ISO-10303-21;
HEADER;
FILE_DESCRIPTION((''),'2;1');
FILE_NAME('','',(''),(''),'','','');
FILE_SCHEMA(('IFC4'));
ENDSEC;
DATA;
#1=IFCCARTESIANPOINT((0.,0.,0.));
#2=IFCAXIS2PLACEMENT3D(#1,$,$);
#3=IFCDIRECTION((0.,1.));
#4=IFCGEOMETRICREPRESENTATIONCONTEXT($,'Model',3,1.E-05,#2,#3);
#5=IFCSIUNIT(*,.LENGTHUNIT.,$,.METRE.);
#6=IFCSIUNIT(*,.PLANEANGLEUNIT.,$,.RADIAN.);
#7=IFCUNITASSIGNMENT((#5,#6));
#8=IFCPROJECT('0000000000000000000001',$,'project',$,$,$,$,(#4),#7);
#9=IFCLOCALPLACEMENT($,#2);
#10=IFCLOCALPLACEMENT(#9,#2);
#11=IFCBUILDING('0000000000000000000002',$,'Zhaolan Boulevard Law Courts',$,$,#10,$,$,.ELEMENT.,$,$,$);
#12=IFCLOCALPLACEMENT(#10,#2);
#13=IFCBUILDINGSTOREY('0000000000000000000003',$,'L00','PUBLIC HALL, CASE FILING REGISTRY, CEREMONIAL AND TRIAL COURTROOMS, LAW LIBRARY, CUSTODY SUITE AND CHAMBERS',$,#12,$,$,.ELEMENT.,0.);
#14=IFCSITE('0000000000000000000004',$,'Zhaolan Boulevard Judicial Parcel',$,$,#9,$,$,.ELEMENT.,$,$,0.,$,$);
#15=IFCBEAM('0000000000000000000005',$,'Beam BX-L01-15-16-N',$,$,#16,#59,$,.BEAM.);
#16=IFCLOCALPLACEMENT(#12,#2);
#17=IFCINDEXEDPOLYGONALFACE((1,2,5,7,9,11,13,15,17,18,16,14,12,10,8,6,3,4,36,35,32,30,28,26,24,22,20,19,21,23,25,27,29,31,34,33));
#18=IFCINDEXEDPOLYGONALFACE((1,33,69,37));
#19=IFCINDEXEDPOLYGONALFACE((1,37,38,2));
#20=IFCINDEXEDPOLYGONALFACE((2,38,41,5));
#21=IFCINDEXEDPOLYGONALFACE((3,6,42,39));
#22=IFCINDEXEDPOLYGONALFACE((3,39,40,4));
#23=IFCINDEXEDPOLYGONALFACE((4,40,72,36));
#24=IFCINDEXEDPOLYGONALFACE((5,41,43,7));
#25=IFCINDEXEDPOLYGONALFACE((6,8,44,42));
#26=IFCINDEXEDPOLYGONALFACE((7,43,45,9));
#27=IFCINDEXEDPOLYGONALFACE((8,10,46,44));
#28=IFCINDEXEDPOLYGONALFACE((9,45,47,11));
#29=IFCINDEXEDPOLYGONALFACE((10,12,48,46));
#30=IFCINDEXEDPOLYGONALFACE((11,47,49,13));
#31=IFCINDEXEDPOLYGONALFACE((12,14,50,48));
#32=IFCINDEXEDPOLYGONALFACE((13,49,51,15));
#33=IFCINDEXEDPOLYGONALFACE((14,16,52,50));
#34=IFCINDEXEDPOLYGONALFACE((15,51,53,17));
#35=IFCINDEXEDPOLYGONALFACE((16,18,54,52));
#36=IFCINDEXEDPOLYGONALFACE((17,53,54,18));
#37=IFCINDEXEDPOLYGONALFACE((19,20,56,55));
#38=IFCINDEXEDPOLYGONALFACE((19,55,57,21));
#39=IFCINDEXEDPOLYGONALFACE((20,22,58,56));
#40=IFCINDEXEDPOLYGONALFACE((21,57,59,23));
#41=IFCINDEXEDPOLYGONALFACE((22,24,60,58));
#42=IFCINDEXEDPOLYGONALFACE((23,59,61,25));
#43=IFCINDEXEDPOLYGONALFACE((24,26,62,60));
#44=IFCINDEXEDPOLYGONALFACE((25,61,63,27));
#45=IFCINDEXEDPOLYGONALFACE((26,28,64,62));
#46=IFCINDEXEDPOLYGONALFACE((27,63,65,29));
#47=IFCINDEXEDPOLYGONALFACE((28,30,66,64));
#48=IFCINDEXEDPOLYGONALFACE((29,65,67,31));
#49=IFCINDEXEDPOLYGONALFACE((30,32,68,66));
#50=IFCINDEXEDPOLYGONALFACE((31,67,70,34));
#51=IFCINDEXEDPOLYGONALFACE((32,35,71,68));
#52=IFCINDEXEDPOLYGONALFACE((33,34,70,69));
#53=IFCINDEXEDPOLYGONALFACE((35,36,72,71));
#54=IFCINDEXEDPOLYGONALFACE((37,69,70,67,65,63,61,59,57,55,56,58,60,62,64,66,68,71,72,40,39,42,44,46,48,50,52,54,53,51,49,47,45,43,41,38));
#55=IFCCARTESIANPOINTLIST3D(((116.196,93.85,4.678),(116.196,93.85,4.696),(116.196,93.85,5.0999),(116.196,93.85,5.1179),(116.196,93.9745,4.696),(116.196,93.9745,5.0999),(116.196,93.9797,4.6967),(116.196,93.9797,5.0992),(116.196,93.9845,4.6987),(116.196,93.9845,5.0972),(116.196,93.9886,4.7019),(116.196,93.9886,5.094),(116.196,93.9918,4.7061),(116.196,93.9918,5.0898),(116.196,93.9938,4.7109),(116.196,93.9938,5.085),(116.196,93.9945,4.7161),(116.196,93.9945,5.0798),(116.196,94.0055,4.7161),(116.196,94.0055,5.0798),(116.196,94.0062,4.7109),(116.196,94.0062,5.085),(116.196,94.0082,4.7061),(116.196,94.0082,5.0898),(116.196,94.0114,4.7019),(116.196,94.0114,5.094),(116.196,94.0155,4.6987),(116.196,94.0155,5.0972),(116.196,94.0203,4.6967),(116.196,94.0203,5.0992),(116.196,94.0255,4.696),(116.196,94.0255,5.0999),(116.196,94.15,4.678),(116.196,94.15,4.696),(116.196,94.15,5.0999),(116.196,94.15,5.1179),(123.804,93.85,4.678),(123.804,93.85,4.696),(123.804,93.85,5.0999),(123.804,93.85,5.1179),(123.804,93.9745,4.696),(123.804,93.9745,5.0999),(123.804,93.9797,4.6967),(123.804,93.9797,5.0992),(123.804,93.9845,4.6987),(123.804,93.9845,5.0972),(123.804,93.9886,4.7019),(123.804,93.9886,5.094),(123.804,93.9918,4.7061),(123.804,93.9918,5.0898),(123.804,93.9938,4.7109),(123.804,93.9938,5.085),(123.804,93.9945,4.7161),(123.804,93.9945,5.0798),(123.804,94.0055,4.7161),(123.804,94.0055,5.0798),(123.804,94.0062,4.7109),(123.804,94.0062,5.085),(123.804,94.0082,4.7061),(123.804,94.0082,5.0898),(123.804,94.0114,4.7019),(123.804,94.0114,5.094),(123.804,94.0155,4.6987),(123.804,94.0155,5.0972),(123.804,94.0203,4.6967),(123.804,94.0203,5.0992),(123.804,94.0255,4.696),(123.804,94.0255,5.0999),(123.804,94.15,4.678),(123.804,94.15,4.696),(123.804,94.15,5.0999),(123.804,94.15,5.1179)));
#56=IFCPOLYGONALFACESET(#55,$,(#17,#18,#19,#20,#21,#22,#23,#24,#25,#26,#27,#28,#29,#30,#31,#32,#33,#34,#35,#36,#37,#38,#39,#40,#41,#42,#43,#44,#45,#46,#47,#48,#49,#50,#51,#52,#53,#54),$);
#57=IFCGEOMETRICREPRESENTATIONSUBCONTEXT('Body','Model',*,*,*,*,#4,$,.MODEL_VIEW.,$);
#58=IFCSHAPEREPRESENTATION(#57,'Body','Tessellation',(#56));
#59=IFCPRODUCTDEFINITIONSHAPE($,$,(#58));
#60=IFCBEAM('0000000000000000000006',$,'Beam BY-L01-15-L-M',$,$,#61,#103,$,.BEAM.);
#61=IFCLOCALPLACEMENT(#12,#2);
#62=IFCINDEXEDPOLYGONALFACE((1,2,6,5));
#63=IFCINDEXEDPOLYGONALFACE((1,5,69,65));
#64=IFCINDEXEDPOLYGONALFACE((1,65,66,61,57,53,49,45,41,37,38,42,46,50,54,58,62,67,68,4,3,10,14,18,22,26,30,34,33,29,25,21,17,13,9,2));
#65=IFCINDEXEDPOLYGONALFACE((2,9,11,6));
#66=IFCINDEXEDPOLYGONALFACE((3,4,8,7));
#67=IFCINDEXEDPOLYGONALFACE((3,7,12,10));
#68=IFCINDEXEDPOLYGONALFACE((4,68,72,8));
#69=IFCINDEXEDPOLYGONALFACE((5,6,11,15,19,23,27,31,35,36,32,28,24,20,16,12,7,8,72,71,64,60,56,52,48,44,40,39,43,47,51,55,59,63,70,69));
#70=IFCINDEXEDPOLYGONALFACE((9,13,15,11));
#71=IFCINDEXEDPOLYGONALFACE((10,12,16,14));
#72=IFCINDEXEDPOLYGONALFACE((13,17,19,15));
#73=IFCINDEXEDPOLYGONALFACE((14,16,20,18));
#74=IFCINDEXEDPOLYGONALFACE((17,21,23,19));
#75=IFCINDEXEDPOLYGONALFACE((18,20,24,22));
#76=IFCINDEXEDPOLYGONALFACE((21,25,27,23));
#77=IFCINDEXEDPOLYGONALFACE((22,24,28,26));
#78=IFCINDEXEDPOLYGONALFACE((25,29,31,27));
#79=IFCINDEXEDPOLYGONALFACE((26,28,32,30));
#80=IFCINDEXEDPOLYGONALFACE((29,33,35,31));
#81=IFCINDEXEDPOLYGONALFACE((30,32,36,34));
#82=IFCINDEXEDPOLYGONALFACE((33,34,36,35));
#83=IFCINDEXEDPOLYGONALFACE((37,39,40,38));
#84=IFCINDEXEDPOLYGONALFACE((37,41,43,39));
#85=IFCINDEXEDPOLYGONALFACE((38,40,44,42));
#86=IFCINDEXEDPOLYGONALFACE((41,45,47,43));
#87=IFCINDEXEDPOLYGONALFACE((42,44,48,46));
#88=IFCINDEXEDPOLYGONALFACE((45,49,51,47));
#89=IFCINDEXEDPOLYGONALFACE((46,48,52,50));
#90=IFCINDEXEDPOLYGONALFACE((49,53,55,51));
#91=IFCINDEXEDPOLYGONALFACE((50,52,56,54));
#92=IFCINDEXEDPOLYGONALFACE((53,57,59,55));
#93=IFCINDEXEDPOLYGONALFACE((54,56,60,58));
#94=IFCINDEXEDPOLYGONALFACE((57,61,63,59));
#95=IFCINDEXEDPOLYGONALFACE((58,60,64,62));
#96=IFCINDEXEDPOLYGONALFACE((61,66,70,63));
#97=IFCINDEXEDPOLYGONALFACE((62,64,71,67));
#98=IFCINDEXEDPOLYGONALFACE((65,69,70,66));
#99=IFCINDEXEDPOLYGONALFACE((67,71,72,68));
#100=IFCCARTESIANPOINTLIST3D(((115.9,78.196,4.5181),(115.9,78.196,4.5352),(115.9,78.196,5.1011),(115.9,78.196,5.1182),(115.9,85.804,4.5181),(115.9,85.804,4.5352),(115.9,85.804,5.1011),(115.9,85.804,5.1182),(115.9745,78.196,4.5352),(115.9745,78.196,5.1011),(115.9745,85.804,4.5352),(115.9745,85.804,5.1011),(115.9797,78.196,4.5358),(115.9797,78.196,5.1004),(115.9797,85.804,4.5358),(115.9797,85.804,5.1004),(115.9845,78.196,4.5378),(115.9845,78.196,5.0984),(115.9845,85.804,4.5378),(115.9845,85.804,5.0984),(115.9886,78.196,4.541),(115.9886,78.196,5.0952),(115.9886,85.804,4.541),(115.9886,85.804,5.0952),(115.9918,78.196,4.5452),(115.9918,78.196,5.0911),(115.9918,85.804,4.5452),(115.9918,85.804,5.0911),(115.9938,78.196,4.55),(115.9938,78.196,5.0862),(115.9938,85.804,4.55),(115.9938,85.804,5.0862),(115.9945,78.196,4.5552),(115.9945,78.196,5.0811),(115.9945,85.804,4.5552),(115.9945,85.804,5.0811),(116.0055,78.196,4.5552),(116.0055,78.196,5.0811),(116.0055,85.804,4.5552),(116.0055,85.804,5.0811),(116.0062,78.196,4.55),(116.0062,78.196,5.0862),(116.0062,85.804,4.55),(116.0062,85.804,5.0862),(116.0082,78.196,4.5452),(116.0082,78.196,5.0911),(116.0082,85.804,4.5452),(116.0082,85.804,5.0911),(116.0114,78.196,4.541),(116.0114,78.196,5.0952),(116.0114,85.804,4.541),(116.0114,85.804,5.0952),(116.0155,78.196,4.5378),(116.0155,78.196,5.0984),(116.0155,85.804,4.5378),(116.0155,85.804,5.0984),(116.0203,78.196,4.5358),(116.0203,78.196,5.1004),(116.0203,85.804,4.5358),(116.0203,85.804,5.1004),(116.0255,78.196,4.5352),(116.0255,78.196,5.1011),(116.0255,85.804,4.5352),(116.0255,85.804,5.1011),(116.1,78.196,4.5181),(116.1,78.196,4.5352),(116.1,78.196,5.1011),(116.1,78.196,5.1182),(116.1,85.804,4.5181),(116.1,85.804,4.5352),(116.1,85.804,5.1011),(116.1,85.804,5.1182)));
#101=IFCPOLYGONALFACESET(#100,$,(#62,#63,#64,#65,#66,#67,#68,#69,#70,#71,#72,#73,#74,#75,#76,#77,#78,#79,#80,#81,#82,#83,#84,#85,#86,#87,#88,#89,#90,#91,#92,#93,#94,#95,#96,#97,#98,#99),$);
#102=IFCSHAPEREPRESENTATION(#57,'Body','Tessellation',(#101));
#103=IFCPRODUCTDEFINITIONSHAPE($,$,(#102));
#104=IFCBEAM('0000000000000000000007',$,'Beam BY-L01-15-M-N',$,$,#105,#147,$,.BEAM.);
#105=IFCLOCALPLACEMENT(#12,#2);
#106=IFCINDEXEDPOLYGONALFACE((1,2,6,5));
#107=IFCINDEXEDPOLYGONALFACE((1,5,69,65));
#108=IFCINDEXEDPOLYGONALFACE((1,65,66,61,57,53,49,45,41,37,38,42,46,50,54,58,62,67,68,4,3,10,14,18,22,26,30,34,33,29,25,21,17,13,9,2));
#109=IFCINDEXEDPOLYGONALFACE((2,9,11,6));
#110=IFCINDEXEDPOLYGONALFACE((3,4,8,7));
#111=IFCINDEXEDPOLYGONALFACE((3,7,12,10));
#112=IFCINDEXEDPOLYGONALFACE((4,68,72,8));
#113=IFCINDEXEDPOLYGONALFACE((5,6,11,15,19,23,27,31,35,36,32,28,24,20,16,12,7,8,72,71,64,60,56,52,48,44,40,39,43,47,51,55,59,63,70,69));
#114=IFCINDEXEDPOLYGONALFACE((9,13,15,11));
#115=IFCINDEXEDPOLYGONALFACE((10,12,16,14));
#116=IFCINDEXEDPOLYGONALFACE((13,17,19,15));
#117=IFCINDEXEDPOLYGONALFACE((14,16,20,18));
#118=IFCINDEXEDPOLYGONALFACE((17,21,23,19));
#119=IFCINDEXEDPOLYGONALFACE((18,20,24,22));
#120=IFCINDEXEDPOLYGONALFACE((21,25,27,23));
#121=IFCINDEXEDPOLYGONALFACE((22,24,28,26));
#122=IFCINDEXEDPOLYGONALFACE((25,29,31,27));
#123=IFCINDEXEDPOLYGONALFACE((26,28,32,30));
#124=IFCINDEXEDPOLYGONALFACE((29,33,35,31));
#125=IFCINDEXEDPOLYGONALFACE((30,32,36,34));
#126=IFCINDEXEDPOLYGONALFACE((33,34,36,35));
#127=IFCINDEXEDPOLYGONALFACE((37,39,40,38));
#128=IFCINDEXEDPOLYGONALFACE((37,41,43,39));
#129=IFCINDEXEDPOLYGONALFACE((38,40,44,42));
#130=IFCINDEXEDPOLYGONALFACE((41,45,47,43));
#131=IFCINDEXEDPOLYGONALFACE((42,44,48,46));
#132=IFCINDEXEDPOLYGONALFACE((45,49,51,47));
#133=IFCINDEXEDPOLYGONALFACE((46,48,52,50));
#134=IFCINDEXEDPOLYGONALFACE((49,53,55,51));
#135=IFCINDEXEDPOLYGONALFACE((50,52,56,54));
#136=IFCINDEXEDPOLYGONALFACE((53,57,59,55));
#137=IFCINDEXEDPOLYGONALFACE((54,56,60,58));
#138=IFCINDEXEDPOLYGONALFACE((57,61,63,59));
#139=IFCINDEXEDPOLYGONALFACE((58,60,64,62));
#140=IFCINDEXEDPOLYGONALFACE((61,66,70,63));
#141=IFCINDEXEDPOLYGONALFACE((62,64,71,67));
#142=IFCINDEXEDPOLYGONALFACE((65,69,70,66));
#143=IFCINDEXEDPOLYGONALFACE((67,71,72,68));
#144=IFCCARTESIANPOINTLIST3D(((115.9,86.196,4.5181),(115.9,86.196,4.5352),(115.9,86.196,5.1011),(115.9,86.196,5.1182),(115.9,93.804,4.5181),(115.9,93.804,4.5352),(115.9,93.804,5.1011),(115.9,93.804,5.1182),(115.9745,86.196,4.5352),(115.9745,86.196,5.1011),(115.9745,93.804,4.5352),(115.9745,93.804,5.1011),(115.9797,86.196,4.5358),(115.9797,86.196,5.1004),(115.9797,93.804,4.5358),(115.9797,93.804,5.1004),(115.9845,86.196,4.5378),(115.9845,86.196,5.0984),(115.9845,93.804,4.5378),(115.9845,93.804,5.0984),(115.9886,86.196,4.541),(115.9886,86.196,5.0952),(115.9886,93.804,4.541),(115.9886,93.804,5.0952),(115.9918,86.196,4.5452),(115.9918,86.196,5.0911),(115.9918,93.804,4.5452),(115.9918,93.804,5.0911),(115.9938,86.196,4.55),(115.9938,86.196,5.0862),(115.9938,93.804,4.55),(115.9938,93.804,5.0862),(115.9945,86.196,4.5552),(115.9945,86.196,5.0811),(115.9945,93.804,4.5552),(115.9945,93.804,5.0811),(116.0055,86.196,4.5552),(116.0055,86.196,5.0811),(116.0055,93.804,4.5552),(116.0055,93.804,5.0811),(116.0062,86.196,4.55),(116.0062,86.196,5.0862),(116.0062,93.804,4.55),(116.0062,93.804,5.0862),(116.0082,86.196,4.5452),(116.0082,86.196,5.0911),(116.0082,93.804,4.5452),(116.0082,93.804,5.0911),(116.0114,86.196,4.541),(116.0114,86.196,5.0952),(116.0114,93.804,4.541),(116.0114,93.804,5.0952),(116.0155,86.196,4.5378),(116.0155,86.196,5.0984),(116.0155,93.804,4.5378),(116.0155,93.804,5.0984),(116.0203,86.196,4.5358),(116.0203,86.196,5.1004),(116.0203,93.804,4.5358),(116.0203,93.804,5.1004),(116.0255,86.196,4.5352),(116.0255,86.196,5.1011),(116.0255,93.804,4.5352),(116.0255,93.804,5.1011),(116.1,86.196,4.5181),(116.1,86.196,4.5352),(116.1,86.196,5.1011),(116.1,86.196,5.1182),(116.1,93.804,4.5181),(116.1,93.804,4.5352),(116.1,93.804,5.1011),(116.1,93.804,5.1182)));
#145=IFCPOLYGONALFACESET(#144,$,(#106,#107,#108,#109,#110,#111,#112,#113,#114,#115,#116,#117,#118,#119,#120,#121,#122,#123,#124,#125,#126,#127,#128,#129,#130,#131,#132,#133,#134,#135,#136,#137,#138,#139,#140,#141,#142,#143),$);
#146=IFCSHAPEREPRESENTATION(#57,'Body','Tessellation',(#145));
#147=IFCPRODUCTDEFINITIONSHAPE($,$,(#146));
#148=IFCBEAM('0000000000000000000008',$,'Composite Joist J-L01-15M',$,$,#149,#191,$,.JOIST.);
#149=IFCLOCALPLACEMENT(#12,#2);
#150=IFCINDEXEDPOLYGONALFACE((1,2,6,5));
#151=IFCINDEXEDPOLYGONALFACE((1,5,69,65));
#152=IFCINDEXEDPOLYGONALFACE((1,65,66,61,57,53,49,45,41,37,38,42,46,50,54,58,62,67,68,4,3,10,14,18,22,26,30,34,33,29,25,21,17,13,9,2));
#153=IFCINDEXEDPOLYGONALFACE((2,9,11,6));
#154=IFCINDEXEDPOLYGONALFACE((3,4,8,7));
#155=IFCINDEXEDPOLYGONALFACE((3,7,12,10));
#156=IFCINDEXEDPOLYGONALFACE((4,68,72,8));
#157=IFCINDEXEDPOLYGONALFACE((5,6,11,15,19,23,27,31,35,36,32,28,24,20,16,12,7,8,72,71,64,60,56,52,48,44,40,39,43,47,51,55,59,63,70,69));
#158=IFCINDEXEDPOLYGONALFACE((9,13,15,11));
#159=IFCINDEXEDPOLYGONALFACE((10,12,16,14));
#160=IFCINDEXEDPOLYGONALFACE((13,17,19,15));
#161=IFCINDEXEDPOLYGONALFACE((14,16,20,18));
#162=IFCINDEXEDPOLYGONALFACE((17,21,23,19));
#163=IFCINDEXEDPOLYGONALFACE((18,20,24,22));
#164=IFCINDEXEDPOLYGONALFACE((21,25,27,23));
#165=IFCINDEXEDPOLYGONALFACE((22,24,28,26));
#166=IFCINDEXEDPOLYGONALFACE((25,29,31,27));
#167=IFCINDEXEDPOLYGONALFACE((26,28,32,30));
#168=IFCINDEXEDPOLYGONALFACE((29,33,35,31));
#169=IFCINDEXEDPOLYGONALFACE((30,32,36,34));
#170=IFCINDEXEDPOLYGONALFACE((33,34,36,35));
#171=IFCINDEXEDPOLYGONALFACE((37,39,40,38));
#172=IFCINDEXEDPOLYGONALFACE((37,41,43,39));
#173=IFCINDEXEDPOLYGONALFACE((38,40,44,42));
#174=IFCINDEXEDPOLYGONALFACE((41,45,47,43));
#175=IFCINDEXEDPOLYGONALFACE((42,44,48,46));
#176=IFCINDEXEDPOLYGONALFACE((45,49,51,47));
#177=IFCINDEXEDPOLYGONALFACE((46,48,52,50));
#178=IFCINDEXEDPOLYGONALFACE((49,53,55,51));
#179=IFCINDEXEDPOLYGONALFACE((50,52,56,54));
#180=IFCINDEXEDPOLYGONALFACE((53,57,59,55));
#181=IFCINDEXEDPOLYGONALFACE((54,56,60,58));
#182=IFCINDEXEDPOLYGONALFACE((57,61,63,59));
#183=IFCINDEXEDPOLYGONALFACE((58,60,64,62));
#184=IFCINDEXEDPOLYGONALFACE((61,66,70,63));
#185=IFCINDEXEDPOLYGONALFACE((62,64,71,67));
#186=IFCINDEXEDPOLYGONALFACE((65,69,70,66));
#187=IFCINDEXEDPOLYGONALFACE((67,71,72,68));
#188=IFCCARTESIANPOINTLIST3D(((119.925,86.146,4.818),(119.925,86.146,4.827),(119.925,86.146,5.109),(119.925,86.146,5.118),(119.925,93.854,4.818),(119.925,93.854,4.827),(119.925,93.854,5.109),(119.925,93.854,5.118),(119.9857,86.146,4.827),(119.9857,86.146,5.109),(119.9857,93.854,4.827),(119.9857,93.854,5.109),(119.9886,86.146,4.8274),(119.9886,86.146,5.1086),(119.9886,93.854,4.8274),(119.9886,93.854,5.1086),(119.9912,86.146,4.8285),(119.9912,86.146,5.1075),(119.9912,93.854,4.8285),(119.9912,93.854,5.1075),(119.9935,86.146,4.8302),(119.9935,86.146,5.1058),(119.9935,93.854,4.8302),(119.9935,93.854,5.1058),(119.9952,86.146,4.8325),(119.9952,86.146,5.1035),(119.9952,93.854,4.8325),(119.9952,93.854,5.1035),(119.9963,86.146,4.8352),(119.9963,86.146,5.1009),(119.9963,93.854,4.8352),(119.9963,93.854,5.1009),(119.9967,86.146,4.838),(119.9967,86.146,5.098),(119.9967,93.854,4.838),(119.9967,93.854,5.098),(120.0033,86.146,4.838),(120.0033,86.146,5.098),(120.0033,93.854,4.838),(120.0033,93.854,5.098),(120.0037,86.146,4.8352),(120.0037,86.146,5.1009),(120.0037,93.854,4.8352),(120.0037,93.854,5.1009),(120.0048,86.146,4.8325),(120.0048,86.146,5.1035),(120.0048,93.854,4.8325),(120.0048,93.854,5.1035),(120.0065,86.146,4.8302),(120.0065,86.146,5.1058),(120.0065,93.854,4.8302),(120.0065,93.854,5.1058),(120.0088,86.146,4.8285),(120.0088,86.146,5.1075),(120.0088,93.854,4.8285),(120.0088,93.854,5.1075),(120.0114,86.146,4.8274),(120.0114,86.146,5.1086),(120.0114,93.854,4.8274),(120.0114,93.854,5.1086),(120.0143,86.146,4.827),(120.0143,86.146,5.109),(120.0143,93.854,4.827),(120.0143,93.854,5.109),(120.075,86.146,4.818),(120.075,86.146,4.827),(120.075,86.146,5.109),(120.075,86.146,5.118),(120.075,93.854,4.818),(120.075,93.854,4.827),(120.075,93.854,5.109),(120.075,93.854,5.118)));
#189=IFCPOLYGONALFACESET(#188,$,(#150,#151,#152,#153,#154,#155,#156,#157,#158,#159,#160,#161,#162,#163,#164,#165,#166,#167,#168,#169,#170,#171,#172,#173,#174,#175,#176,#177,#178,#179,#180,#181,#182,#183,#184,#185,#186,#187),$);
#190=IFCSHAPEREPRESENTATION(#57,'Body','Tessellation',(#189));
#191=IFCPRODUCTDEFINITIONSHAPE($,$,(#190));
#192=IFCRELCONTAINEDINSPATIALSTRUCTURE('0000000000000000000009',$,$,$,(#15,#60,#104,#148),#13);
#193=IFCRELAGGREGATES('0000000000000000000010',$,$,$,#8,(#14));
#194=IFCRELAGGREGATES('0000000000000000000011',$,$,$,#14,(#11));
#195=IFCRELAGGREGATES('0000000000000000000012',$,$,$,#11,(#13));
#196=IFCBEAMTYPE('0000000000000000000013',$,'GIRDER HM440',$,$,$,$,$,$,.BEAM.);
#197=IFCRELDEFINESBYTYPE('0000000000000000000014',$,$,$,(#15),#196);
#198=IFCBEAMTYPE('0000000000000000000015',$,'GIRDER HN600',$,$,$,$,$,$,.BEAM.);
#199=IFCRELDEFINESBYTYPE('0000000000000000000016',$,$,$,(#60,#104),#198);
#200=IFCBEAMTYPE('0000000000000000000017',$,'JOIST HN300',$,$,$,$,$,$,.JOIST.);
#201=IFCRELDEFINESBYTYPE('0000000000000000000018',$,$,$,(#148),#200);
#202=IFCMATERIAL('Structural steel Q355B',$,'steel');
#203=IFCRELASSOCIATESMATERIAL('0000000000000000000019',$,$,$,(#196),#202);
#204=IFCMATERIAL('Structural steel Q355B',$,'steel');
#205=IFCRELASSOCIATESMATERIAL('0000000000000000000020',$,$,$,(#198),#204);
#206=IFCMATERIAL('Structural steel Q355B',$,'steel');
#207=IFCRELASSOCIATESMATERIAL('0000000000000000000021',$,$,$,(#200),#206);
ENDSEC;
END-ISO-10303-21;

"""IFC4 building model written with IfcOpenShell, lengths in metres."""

from ifc_helpers import new_model, si_unit, direction, frame, origin, origin_2d, place, context, subcontext, project, spatial, i_section, extrude, material, material_profile, profile_set, type_object, element, save


model = new_model("IFC4")

# Units and contexts
model_context = context("Model", 3, precision=1e-05, world=origin(), true_north=direction((0.0, 1.0)))
body_context = subcontext(model_context, "Body", "Model", "MODEL_VIEW")
ifc_project = project(units=[si_unit("LENGTHUNIT", "METRE"), si_unit("PLANEANGLEUNIT", "RADIAN")], contexts=[model_context])

# Site, building, storey
site_placement = place(None, origin())
site = spatial("IfcSite", under=ifc_project, at=site_placement, Name="Zhaolan Boulevard Judicial Parcel", CompositionType="ELEMENT", RefElevation=0.0)
building_placement = place(site_placement, origin())
building = spatial("IfcBuilding", under=site, at=building_placement, Name="Zhaolan Boulevard Law Courts", CompositionType="ELEMENT")
storey_placement = place(building_placement, origin())
storey = spatial("IfcBuildingStorey", under=building, at=storey_placement, Name="L00", Description="PUBLIC HALL, CASE FILING REGISTRY, CEREMONIAL AND TRIAL COURTROOMS, LAW LIBRARY, CUSTODY SUITE AND CHAMBERS", CompositionType="ELEMENT", Elevation=0.0)

# Beams
ifc_material_1 = material(Name="Structural steel Q355B", Category="steel")
ifc_material_profile_1 = material_profile(ifc_material_1, i_section(OverallWidth=0.3, OverallDepth=0.4399, WebThickness=0.011, FlangeThickness=0.0181, FilletRadius=0.02, at=origin_2d()), Name="HM440x300")
ifc_profile_set_1 = profile_set([ifc_material_profile_1], Name="Structural steel Q355B")
beam_type_1 = type_object("IfcBeamType", Name="GIRDER HM440", PredefinedType="BEAM", material=ifc_profile_set_1)
for number, where, z_axis, x_axis, name in (
    (1, (116.196, 94.0, 4.8979), (1.0, 0.0, 0.0), (0.0, 1.0, 0.0), "Beam BX-L01-15-16-N"),
):
    element("IfcBeam", number, at=place(storey_placement, frame(where, z_axis=z_axis, x_axis=x_axis)), inside=storey, type_object=beam_type_1, Name=name, PredefinedType="BEAM", context=body_context, shape_type="SweptSolid", body=[
        extrude(i_section(OverallWidth=0.3, OverallDepth=0.4399, WebThickness=0.011, FlangeThickness=0.0181, FilletRadius=0.02, at=origin_2d()), origin(), (0.0, 0.0, 1.0), 7.6079),
    ])
ifc_material_2 = material(Name="Structural steel Q355B", Category="steel")
ifc_material_profile_2 = material_profile(ifc_material_2, i_section(OverallWidth=0.2, OverallDepth=0.6001, WebThickness=0.011, FlangeThickness=0.0171, FilletRadius=0.02, at=origin_2d()), Name="HN600x200")
ifc_profile_set_2 = profile_set([ifc_material_profile_2], Name="Structural steel Q355B")
beam_type_2 = type_object("IfcBeamType", Name="GIRDER HN600", PredefinedType="BEAM", material=ifc_profile_set_2)
for number, where, z_axis, x_axis, name in (
    (2, (116.0, 78.196, 4.8181), (0.0, 1.0, 0.0), (-1.0, 0.0, 0.0), "Beam BY-L01-15-L-M"),
    (3, (116.0, 86.196, 4.8181), (0.0, 1.0, 0.0), (-1.0, 0.0, 0.0), "Beam BY-L01-15-M-N"),
):
    element("IfcBeam", number, at=place(storey_placement, frame(where, z_axis=z_axis, x_axis=x_axis)), inside=storey, type_object=beam_type_2, Name=name, PredefinedType="BEAM", context=body_context, shape_type="SweptSolid", body=[
        extrude(i_section(OverallWidth=0.2, OverallDepth=0.6001, WebThickness=0.011, FlangeThickness=0.0171, FilletRadius=0.02, at=origin_2d()), origin(), (0.0, 0.0, 1.0), 7.6079),
    ])
ifc_material_3 = material(Name="Structural steel Q355B", Category="steel")
ifc_material_profile_3 = material_profile(ifc_material_3, i_section(OverallWidth=0.1499, OverallDepth=0.3, WebThickness=0.0066, FlangeThickness=0.009, FilletRadius=0.011, at=origin_2d()), Name="HN300x150")
ifc_profile_set_3 = profile_set([ifc_material_profile_3], Name="Structural steel Q355B")
beam_type_3 = type_object("IfcBeamType", Name="JOIST HN300", PredefinedType="JOIST", material=ifc_profile_set_3)
beam_1_placement = place(storey_placement, frame((120.0, 86.146, 4.968), z_axis=(0.0, 1.0, 0.0), x_axis=(-1.0, 0.0, 0.0)))
element("IfcBeam", 4, at=beam_1_placement, inside=storey, type_object=beam_type_3, Name="Composite Joist J-L01-15M", PredefinedType="JOIST", context=body_context, shape_type="SweptSolid", body=[
    extrude(i_section(OverallWidth=0.1499, OverallDepth=0.3, WebThickness=0.0066, FlangeThickness=0.009, FilletRadius=0.011, at=origin_2d()), origin(), (0.0, 0.0, 1.0), 7.708),
])

save(model, "model.ifc")
